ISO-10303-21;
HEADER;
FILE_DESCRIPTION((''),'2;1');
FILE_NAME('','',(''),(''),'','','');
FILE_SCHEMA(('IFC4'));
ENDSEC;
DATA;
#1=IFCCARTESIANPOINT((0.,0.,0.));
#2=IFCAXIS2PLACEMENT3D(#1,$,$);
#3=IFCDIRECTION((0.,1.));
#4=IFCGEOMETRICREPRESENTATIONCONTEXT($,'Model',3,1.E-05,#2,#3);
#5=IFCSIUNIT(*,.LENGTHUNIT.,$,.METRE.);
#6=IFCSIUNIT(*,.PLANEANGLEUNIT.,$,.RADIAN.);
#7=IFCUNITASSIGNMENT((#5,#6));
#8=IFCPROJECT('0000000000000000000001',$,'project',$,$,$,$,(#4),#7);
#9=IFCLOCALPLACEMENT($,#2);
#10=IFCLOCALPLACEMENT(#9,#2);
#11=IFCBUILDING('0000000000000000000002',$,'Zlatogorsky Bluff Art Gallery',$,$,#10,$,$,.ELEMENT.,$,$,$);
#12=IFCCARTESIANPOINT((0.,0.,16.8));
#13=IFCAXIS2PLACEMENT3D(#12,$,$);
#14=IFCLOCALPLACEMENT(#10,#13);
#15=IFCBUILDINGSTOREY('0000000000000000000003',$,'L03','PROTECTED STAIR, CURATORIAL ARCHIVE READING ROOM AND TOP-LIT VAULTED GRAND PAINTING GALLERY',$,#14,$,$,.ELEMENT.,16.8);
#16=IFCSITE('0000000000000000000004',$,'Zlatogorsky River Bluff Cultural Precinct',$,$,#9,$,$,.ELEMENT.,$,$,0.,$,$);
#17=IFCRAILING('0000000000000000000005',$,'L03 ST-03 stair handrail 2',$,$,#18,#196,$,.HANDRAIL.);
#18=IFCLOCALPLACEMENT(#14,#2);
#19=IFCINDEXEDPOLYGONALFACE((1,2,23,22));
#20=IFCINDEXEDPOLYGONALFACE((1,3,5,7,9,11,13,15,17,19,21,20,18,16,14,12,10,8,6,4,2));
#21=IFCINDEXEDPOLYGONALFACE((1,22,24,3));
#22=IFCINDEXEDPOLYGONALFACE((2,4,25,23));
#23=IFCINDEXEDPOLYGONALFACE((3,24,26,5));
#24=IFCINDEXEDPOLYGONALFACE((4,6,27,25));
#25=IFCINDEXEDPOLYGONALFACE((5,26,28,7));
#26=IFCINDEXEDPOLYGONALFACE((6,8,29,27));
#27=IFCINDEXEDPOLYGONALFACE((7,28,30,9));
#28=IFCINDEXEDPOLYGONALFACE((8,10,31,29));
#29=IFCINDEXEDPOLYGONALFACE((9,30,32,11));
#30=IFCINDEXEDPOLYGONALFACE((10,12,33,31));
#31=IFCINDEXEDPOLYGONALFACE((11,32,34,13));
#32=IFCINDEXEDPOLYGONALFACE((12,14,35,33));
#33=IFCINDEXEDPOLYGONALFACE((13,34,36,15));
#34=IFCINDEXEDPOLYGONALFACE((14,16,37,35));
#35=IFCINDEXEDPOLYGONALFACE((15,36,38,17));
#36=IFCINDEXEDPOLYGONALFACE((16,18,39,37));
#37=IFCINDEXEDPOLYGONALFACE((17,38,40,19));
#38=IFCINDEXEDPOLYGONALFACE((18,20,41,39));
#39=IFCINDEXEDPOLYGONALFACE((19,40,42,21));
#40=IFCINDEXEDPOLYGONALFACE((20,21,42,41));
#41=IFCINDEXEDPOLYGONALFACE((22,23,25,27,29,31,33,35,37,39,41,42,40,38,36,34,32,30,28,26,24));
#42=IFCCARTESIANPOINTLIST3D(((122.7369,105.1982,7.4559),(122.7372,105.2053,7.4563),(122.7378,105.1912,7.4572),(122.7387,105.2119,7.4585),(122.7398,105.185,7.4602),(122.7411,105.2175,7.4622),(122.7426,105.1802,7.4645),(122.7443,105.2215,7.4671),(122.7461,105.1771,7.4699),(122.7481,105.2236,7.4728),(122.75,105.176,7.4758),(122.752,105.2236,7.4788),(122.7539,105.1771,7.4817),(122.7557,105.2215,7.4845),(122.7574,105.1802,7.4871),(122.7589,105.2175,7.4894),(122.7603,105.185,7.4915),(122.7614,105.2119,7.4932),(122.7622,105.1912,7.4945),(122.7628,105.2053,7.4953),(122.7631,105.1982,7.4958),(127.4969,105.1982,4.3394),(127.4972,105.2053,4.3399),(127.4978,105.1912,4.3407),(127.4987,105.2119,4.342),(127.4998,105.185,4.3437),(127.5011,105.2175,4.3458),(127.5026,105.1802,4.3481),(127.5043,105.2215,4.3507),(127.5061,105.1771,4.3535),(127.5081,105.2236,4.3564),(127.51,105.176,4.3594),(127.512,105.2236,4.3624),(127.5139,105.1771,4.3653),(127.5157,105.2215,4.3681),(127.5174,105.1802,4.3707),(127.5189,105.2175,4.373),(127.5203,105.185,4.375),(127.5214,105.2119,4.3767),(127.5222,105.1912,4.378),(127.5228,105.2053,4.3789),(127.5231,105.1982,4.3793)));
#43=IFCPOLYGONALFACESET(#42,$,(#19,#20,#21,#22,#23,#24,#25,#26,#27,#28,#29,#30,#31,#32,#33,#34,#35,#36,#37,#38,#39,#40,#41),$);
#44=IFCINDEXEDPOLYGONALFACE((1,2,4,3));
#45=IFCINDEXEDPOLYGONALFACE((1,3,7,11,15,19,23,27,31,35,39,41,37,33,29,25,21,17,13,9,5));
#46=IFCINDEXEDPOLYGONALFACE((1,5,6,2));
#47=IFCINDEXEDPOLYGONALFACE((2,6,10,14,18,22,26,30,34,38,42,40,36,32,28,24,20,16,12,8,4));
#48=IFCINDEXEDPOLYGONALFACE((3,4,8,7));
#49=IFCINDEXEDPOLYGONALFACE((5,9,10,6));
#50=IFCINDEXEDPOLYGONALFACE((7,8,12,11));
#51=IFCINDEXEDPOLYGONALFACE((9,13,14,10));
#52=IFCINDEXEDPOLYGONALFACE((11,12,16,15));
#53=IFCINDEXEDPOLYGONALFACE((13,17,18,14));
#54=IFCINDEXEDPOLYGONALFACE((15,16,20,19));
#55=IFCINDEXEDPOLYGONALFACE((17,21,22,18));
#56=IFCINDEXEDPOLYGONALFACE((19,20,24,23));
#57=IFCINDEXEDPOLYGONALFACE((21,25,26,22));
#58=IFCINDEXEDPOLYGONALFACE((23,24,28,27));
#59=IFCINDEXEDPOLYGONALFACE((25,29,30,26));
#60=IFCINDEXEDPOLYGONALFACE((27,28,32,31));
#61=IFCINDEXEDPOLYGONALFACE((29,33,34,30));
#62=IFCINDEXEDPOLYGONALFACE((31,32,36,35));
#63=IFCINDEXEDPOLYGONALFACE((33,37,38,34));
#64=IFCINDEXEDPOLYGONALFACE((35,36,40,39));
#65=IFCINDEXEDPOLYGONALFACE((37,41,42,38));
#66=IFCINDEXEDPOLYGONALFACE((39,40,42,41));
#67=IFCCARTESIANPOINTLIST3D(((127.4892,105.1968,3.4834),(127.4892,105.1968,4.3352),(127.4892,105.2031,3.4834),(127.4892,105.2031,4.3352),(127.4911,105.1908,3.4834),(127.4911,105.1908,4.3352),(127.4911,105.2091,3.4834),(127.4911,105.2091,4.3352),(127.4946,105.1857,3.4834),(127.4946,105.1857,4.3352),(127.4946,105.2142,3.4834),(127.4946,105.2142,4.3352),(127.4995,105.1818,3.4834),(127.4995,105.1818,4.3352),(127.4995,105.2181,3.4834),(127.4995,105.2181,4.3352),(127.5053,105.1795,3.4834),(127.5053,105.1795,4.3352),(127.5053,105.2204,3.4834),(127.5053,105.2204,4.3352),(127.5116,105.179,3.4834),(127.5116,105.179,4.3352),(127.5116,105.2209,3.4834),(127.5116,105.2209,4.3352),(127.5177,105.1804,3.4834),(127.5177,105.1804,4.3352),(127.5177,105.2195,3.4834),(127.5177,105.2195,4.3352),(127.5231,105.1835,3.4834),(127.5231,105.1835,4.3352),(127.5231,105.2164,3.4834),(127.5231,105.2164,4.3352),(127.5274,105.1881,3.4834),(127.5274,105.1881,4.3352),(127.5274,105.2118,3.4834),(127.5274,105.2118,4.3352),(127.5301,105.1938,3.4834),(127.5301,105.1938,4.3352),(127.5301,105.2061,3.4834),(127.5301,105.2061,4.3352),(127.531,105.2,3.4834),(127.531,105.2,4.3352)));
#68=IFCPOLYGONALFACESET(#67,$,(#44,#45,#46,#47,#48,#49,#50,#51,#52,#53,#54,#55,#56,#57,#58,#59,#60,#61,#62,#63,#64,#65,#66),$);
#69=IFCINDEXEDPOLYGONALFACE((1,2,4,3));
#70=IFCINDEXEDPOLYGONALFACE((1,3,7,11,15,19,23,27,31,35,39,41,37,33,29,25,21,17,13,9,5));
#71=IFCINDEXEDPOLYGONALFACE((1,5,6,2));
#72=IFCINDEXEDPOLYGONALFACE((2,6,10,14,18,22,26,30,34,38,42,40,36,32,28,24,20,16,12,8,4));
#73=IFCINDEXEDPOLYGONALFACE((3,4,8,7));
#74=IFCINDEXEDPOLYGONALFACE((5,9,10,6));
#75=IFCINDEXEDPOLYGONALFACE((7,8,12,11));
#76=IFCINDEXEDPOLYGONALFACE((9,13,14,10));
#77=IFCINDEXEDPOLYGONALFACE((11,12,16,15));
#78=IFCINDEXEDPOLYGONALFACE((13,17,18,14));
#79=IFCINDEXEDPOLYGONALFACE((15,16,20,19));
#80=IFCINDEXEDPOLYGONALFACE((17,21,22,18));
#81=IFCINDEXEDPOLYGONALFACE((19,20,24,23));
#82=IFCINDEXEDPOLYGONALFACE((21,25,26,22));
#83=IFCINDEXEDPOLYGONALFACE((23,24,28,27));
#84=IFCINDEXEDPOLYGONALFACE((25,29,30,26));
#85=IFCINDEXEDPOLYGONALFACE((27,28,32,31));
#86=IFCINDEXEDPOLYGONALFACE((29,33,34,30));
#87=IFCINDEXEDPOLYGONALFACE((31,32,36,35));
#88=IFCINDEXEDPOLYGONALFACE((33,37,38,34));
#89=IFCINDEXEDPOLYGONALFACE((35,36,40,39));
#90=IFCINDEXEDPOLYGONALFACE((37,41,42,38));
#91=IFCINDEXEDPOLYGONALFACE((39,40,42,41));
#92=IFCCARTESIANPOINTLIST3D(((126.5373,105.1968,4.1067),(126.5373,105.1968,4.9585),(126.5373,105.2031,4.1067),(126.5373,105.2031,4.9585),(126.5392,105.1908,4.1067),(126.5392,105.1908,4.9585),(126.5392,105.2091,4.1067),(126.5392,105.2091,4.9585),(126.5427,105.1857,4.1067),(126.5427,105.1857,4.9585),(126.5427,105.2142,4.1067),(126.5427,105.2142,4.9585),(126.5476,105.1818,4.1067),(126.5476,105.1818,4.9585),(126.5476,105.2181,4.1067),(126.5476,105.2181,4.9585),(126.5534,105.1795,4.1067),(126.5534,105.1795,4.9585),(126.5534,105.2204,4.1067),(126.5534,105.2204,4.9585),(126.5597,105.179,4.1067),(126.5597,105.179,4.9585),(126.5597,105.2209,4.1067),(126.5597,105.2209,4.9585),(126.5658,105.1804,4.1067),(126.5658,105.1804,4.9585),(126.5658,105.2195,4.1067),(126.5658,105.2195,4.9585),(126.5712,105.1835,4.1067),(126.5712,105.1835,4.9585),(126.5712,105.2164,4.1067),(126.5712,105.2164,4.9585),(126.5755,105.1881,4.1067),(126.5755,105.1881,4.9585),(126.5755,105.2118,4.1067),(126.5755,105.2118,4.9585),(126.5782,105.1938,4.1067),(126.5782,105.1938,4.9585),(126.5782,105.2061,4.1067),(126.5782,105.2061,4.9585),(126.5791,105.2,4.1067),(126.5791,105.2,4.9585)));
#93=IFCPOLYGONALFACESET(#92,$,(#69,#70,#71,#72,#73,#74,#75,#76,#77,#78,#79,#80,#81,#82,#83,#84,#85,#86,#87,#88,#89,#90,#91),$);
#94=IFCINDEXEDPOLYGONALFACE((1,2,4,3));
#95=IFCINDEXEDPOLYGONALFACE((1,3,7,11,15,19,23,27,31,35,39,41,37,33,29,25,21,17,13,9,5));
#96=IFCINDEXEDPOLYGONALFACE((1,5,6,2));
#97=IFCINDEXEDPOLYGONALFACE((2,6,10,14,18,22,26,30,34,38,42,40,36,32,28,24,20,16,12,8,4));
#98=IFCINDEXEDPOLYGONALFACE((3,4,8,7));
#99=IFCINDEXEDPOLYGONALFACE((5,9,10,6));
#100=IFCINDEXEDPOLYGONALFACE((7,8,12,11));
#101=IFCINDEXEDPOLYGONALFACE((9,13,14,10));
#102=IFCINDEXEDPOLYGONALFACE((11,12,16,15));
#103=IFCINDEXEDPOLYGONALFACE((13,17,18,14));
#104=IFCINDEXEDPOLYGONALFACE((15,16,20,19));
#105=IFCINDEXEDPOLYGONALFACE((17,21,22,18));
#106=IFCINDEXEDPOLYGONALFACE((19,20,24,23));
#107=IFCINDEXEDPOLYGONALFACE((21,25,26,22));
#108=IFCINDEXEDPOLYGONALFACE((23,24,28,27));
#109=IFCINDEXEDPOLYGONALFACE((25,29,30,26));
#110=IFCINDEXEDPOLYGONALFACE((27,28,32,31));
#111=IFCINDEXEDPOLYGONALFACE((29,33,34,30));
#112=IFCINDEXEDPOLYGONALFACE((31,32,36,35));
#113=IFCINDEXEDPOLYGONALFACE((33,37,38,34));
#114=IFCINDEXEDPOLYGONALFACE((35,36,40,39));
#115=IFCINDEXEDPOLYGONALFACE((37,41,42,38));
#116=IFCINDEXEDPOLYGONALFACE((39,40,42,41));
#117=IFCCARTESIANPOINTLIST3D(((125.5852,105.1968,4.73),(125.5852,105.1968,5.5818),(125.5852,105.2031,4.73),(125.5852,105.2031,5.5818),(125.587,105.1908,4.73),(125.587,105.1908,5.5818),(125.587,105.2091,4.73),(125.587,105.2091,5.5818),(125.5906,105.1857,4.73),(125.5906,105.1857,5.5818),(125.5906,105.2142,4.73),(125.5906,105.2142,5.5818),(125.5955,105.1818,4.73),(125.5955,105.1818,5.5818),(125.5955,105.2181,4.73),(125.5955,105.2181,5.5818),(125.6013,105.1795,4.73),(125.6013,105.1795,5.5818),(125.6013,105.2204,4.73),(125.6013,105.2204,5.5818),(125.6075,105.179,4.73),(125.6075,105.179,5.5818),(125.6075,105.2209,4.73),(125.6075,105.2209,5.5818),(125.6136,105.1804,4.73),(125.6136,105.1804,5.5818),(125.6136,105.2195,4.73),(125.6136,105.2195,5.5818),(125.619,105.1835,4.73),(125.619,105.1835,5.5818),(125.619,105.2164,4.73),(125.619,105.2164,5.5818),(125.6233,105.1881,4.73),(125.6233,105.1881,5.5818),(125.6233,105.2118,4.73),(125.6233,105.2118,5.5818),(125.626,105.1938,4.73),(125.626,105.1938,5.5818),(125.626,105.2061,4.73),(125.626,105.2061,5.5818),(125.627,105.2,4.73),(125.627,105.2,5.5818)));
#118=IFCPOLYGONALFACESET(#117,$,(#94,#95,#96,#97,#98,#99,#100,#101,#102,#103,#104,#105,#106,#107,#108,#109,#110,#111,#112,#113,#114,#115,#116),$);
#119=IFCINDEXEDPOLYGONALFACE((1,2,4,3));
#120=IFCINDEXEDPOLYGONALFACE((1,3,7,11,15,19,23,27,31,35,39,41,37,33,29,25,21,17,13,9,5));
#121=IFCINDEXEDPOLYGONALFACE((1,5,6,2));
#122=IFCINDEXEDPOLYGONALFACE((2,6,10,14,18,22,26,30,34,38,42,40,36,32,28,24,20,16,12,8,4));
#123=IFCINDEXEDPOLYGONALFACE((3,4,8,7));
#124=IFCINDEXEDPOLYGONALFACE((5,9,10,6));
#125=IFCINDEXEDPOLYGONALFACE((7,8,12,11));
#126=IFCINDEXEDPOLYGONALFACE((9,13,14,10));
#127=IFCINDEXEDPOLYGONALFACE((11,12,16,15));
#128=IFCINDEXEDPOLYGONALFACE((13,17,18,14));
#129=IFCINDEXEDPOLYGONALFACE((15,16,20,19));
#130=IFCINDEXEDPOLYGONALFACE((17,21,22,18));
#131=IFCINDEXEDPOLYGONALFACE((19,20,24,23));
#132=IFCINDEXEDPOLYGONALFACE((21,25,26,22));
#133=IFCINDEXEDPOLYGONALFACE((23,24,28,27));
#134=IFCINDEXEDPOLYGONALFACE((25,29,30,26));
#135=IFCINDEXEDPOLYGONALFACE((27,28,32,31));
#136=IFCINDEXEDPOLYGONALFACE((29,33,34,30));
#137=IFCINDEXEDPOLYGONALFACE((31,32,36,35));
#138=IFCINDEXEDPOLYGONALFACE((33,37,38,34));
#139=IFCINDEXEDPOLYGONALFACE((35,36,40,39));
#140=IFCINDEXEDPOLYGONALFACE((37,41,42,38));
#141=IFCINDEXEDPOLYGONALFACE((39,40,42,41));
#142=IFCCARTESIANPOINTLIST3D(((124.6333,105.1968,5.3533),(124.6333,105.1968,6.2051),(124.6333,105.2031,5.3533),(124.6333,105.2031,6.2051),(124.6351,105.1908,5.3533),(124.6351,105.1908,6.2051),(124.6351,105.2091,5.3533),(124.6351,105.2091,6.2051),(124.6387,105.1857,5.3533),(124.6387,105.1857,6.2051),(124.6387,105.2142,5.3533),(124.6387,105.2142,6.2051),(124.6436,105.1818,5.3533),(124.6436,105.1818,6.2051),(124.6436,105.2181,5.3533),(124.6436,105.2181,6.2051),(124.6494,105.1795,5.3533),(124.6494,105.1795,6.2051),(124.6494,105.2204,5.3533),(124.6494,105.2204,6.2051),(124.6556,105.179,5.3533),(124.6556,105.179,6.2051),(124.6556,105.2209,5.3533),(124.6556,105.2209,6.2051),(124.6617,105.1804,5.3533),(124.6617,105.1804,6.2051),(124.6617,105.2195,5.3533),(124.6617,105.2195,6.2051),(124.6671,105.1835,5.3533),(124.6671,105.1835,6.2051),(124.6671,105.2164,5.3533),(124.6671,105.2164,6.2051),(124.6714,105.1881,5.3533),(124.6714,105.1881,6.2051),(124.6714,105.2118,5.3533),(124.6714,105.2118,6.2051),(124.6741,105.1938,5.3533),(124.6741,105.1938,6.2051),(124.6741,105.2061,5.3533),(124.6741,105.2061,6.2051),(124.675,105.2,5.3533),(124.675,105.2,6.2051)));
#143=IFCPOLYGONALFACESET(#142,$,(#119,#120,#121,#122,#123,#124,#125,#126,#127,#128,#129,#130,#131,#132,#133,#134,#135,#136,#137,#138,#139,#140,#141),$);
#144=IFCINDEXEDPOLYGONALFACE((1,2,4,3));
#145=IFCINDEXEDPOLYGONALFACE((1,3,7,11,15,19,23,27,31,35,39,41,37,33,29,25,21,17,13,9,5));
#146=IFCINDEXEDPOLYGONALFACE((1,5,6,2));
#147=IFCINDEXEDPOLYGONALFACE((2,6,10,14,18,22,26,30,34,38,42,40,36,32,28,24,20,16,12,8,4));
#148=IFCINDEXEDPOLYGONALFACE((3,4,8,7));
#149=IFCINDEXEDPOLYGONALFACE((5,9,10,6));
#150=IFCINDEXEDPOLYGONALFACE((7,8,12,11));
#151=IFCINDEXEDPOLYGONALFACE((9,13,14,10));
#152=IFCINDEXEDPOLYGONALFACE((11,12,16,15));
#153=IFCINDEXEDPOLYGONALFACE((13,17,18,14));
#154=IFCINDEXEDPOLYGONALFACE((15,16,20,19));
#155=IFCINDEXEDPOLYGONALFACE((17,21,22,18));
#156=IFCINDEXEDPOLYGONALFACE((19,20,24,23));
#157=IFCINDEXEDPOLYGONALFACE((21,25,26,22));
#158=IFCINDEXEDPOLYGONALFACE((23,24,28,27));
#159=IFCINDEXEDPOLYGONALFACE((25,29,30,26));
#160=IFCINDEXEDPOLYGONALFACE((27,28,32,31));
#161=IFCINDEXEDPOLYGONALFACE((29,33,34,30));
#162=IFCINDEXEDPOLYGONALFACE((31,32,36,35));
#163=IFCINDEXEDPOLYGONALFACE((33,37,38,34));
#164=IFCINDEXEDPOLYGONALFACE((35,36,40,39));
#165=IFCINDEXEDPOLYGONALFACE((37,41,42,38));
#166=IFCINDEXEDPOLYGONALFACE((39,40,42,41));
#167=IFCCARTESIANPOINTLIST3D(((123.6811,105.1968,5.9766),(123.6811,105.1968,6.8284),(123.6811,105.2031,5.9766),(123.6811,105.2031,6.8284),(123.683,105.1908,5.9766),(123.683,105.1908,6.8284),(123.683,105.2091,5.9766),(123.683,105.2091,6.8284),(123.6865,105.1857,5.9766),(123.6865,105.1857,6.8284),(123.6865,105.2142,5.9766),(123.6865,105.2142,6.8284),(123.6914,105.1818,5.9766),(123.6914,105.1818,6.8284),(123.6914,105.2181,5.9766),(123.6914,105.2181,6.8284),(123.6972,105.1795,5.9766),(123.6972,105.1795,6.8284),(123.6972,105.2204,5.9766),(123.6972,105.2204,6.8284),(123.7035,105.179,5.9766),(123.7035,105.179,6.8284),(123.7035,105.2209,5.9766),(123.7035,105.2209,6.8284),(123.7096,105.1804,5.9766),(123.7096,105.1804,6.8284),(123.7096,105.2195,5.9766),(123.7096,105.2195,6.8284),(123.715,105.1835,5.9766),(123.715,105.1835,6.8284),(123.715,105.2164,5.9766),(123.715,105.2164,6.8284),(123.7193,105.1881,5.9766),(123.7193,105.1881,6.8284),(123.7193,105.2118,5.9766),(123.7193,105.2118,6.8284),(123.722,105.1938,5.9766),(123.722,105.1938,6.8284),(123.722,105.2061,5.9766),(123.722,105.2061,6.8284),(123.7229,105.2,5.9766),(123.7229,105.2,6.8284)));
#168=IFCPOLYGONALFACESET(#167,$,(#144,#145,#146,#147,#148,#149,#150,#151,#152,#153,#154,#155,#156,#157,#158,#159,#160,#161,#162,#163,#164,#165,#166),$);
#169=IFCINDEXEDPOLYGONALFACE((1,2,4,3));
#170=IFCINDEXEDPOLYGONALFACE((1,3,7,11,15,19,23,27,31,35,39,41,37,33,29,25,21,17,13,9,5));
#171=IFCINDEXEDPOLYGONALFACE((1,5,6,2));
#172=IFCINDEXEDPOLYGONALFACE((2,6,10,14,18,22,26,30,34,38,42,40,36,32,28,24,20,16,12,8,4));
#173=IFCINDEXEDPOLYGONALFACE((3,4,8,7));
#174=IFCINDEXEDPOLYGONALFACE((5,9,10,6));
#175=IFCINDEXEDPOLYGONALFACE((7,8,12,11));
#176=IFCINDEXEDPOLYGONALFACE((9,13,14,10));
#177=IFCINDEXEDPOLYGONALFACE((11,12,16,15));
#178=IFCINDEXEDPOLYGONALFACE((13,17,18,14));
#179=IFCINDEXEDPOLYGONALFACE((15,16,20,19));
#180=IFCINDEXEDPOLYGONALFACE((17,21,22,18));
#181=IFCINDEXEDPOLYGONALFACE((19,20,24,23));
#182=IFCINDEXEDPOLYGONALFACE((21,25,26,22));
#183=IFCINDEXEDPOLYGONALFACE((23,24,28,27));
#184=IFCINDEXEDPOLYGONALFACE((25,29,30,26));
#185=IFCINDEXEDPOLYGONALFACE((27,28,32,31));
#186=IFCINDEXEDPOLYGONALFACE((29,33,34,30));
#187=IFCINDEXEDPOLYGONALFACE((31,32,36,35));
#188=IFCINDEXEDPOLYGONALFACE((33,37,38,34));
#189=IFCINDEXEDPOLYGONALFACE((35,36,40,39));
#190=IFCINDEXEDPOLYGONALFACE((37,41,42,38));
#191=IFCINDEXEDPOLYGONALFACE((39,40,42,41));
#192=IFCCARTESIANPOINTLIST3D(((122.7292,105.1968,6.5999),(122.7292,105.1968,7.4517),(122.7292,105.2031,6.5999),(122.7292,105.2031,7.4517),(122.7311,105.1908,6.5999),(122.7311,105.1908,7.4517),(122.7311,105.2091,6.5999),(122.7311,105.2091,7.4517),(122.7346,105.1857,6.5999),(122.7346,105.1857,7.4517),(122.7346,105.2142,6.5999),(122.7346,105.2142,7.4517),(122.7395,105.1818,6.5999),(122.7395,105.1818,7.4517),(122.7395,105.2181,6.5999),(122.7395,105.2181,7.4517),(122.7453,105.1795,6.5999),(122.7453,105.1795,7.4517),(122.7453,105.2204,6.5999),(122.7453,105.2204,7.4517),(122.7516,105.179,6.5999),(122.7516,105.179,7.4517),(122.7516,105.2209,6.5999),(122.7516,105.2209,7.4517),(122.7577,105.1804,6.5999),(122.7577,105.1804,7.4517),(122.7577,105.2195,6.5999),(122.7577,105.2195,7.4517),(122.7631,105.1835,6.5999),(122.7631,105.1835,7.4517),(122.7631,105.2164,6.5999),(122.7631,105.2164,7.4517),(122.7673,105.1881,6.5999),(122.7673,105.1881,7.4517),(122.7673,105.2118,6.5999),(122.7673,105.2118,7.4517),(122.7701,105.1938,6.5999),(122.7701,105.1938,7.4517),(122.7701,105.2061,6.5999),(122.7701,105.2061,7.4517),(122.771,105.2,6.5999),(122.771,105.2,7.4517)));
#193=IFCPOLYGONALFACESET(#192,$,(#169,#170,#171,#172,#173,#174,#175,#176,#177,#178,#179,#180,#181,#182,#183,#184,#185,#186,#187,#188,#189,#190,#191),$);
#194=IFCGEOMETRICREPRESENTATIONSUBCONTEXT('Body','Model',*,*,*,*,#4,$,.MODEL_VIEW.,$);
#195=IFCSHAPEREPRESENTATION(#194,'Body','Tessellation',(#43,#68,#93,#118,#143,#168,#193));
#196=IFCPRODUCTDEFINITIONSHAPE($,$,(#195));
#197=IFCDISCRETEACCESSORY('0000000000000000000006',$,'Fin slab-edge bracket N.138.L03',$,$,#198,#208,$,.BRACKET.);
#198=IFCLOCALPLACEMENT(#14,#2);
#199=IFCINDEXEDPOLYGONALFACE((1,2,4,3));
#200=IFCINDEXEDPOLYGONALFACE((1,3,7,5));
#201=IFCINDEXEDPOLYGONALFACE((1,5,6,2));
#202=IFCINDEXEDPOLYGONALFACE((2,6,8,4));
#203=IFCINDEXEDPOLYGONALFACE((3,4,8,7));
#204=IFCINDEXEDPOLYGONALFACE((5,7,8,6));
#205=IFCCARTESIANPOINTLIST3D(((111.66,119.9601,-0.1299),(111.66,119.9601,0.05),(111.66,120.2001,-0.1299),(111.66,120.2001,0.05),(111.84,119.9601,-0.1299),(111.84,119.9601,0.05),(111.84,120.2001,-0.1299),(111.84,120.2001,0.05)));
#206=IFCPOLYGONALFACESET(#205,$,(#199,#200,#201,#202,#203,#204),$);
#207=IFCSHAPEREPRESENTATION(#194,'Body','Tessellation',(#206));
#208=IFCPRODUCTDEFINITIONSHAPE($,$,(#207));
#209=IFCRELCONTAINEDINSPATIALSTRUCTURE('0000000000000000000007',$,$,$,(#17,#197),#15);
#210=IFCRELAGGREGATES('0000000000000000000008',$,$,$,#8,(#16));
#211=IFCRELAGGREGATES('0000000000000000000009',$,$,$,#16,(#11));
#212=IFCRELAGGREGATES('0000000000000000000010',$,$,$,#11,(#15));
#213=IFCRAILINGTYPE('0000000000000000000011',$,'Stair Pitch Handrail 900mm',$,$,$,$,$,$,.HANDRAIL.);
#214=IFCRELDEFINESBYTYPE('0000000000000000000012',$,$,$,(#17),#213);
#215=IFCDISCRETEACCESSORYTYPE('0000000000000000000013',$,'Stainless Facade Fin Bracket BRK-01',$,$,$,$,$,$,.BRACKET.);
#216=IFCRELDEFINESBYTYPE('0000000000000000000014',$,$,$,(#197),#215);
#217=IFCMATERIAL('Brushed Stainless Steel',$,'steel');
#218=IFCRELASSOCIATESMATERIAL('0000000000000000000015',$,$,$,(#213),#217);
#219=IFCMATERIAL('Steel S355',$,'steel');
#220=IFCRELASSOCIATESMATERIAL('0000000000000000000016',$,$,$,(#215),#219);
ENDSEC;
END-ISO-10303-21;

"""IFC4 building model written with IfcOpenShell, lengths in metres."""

from ifc_helpers import new_model, si_unit, direction, frame, origin, origin_2d, place, context, subcontext, project, spatial, rectangle, circle, extrude, material, type_object, element, save


model = new_model("IFC4")

# Units and contexts
model_context = context("Model", 3, precision=1e-05, world=origin(), true_north=direction((0.0, 1.0)))
body_context = subcontext(model_context, "Body", "Model", "MODEL_VIEW")
ifc_project = project(units=[si_unit("LENGTHUNIT", "METRE"), si_unit("PLANEANGLEUNIT", "RADIAN")], contexts=[model_context])

# Site, building, storey
site_placement = place(None, origin())
site = spatial("IfcSite", under=ifc_project, at=site_placement, Name="Zlatogorsky River Bluff Cultural Precinct", CompositionType="ELEMENT", RefElevation=0.0)
building_placement = place(site_placement, origin())
building = spatial("IfcBuilding", under=site, at=building_placement, Name="Zlatogorsky Bluff Art Gallery", CompositionType="ELEMENT")
storey_placement = place(building_placement, frame((0.0, 0.0, 16.8)))
storey = spatial("IfcBuildingStorey", under=building, at=storey_placement, Name="L03", Description="PROTECTED STAIR, CURATORIAL ARCHIVE READING ROOM AND TOP-LIT VAULTED GRAND PAINTING GALLERY", CompositionType="ELEMENT", Elevation=16.8)

# Shared definitions
ifc_material_1 = material(Name="Steel S355", Category="steel")

# Railing
ifc_material_2 = material(Name="Brushed Stainless Steel", Category="steel")
railing_type_1 = type_object("IfcRailingType", Name="Stair Pitch Handrail 900mm", PredefinedType="HANDRAIL", material=ifc_material_2)
railing_1_placement = place(storey_placement, frame((127.51, 105.2, 3.4834)))
element("IfcRailing", 1, at=railing_1_placement, inside=storey, type_object=railing_type_1, Name="L03 ST-03 stair handrail 2", PredefinedType="HANDRAIL", context=body_context, shape_type="SweptSolid", body=[
    extrude(circle(Radius=0.0239, at=origin_2d()), frame((0.0, 0.0, 0.876), z_axis=(-0.836636, 0.0, 0.547759), x_axis=(0.0, -1.0, 0.0)), (0.0, 0.0, 1.0), 5.6895),
    extrude(circle(Radius=0.021, at=origin_2d()), origin(), (0.0, 0.0, 1.0), 0.8518),
    extrude(circle(Radius=0.021, at=origin_2d()), frame((-0.9519, 0.0, 0.6233)), (0.0, 0.0, 1.0), 0.8518),
    extrude(circle(Radius=0.021, at=origin_2d()), frame((-1.9041, 0.0, 1.2466)), (0.0, 0.0, 1.0), 0.8518),
    extrude(circle(Radius=0.021, at=origin_2d()), frame((-2.856, 0.0, 1.8699)), (0.0, 0.0, 1.0), 0.8518),
    extrude(circle(Radius=0.021, at=origin_2d()), frame((-3.8081, 0.0, 2.4932)), (0.0, 0.0, 1.0), 0.8518),
    extrude(circle(Radius=0.021, at=origin_2d()), frame((-4.76, 0.0, 3.1165)), (0.0, 0.0, 1.0), 0.8518),
])

# Discrete accessory
discrete_accessory_type = type_object("IfcDiscreteAccessoryType", Name="Stainless Facade Fin Bracket BRK-01", PredefinedType="BRACKET", material=ifc_material_1)
for number, where, z_axis, x_axis, name in (
    (2, (111.75, 120.0801, -0.1299), (0.0, 0.0, 1.0), (1.0, 0.0, 0.0), "Fin slab-edge bracket N.138.L03"),
):
    element("IfcDiscreteAccessory", number, at=place(storey_placement, frame(where, z_axis=z_axis, x_axis=x_axis)), inside=storey, type_object=discrete_accessory_type, Name=name, PredefinedType="BRACKET", context=body_context, shape_type="SweptSolid", body=[
        extrude(rectangle(XDim=0.1799, YDim=0.24, at=origin_2d()), origin(), (0.0, 0.0, 1.0), 0.1799),
    ])

save(model, "model.ifc")
